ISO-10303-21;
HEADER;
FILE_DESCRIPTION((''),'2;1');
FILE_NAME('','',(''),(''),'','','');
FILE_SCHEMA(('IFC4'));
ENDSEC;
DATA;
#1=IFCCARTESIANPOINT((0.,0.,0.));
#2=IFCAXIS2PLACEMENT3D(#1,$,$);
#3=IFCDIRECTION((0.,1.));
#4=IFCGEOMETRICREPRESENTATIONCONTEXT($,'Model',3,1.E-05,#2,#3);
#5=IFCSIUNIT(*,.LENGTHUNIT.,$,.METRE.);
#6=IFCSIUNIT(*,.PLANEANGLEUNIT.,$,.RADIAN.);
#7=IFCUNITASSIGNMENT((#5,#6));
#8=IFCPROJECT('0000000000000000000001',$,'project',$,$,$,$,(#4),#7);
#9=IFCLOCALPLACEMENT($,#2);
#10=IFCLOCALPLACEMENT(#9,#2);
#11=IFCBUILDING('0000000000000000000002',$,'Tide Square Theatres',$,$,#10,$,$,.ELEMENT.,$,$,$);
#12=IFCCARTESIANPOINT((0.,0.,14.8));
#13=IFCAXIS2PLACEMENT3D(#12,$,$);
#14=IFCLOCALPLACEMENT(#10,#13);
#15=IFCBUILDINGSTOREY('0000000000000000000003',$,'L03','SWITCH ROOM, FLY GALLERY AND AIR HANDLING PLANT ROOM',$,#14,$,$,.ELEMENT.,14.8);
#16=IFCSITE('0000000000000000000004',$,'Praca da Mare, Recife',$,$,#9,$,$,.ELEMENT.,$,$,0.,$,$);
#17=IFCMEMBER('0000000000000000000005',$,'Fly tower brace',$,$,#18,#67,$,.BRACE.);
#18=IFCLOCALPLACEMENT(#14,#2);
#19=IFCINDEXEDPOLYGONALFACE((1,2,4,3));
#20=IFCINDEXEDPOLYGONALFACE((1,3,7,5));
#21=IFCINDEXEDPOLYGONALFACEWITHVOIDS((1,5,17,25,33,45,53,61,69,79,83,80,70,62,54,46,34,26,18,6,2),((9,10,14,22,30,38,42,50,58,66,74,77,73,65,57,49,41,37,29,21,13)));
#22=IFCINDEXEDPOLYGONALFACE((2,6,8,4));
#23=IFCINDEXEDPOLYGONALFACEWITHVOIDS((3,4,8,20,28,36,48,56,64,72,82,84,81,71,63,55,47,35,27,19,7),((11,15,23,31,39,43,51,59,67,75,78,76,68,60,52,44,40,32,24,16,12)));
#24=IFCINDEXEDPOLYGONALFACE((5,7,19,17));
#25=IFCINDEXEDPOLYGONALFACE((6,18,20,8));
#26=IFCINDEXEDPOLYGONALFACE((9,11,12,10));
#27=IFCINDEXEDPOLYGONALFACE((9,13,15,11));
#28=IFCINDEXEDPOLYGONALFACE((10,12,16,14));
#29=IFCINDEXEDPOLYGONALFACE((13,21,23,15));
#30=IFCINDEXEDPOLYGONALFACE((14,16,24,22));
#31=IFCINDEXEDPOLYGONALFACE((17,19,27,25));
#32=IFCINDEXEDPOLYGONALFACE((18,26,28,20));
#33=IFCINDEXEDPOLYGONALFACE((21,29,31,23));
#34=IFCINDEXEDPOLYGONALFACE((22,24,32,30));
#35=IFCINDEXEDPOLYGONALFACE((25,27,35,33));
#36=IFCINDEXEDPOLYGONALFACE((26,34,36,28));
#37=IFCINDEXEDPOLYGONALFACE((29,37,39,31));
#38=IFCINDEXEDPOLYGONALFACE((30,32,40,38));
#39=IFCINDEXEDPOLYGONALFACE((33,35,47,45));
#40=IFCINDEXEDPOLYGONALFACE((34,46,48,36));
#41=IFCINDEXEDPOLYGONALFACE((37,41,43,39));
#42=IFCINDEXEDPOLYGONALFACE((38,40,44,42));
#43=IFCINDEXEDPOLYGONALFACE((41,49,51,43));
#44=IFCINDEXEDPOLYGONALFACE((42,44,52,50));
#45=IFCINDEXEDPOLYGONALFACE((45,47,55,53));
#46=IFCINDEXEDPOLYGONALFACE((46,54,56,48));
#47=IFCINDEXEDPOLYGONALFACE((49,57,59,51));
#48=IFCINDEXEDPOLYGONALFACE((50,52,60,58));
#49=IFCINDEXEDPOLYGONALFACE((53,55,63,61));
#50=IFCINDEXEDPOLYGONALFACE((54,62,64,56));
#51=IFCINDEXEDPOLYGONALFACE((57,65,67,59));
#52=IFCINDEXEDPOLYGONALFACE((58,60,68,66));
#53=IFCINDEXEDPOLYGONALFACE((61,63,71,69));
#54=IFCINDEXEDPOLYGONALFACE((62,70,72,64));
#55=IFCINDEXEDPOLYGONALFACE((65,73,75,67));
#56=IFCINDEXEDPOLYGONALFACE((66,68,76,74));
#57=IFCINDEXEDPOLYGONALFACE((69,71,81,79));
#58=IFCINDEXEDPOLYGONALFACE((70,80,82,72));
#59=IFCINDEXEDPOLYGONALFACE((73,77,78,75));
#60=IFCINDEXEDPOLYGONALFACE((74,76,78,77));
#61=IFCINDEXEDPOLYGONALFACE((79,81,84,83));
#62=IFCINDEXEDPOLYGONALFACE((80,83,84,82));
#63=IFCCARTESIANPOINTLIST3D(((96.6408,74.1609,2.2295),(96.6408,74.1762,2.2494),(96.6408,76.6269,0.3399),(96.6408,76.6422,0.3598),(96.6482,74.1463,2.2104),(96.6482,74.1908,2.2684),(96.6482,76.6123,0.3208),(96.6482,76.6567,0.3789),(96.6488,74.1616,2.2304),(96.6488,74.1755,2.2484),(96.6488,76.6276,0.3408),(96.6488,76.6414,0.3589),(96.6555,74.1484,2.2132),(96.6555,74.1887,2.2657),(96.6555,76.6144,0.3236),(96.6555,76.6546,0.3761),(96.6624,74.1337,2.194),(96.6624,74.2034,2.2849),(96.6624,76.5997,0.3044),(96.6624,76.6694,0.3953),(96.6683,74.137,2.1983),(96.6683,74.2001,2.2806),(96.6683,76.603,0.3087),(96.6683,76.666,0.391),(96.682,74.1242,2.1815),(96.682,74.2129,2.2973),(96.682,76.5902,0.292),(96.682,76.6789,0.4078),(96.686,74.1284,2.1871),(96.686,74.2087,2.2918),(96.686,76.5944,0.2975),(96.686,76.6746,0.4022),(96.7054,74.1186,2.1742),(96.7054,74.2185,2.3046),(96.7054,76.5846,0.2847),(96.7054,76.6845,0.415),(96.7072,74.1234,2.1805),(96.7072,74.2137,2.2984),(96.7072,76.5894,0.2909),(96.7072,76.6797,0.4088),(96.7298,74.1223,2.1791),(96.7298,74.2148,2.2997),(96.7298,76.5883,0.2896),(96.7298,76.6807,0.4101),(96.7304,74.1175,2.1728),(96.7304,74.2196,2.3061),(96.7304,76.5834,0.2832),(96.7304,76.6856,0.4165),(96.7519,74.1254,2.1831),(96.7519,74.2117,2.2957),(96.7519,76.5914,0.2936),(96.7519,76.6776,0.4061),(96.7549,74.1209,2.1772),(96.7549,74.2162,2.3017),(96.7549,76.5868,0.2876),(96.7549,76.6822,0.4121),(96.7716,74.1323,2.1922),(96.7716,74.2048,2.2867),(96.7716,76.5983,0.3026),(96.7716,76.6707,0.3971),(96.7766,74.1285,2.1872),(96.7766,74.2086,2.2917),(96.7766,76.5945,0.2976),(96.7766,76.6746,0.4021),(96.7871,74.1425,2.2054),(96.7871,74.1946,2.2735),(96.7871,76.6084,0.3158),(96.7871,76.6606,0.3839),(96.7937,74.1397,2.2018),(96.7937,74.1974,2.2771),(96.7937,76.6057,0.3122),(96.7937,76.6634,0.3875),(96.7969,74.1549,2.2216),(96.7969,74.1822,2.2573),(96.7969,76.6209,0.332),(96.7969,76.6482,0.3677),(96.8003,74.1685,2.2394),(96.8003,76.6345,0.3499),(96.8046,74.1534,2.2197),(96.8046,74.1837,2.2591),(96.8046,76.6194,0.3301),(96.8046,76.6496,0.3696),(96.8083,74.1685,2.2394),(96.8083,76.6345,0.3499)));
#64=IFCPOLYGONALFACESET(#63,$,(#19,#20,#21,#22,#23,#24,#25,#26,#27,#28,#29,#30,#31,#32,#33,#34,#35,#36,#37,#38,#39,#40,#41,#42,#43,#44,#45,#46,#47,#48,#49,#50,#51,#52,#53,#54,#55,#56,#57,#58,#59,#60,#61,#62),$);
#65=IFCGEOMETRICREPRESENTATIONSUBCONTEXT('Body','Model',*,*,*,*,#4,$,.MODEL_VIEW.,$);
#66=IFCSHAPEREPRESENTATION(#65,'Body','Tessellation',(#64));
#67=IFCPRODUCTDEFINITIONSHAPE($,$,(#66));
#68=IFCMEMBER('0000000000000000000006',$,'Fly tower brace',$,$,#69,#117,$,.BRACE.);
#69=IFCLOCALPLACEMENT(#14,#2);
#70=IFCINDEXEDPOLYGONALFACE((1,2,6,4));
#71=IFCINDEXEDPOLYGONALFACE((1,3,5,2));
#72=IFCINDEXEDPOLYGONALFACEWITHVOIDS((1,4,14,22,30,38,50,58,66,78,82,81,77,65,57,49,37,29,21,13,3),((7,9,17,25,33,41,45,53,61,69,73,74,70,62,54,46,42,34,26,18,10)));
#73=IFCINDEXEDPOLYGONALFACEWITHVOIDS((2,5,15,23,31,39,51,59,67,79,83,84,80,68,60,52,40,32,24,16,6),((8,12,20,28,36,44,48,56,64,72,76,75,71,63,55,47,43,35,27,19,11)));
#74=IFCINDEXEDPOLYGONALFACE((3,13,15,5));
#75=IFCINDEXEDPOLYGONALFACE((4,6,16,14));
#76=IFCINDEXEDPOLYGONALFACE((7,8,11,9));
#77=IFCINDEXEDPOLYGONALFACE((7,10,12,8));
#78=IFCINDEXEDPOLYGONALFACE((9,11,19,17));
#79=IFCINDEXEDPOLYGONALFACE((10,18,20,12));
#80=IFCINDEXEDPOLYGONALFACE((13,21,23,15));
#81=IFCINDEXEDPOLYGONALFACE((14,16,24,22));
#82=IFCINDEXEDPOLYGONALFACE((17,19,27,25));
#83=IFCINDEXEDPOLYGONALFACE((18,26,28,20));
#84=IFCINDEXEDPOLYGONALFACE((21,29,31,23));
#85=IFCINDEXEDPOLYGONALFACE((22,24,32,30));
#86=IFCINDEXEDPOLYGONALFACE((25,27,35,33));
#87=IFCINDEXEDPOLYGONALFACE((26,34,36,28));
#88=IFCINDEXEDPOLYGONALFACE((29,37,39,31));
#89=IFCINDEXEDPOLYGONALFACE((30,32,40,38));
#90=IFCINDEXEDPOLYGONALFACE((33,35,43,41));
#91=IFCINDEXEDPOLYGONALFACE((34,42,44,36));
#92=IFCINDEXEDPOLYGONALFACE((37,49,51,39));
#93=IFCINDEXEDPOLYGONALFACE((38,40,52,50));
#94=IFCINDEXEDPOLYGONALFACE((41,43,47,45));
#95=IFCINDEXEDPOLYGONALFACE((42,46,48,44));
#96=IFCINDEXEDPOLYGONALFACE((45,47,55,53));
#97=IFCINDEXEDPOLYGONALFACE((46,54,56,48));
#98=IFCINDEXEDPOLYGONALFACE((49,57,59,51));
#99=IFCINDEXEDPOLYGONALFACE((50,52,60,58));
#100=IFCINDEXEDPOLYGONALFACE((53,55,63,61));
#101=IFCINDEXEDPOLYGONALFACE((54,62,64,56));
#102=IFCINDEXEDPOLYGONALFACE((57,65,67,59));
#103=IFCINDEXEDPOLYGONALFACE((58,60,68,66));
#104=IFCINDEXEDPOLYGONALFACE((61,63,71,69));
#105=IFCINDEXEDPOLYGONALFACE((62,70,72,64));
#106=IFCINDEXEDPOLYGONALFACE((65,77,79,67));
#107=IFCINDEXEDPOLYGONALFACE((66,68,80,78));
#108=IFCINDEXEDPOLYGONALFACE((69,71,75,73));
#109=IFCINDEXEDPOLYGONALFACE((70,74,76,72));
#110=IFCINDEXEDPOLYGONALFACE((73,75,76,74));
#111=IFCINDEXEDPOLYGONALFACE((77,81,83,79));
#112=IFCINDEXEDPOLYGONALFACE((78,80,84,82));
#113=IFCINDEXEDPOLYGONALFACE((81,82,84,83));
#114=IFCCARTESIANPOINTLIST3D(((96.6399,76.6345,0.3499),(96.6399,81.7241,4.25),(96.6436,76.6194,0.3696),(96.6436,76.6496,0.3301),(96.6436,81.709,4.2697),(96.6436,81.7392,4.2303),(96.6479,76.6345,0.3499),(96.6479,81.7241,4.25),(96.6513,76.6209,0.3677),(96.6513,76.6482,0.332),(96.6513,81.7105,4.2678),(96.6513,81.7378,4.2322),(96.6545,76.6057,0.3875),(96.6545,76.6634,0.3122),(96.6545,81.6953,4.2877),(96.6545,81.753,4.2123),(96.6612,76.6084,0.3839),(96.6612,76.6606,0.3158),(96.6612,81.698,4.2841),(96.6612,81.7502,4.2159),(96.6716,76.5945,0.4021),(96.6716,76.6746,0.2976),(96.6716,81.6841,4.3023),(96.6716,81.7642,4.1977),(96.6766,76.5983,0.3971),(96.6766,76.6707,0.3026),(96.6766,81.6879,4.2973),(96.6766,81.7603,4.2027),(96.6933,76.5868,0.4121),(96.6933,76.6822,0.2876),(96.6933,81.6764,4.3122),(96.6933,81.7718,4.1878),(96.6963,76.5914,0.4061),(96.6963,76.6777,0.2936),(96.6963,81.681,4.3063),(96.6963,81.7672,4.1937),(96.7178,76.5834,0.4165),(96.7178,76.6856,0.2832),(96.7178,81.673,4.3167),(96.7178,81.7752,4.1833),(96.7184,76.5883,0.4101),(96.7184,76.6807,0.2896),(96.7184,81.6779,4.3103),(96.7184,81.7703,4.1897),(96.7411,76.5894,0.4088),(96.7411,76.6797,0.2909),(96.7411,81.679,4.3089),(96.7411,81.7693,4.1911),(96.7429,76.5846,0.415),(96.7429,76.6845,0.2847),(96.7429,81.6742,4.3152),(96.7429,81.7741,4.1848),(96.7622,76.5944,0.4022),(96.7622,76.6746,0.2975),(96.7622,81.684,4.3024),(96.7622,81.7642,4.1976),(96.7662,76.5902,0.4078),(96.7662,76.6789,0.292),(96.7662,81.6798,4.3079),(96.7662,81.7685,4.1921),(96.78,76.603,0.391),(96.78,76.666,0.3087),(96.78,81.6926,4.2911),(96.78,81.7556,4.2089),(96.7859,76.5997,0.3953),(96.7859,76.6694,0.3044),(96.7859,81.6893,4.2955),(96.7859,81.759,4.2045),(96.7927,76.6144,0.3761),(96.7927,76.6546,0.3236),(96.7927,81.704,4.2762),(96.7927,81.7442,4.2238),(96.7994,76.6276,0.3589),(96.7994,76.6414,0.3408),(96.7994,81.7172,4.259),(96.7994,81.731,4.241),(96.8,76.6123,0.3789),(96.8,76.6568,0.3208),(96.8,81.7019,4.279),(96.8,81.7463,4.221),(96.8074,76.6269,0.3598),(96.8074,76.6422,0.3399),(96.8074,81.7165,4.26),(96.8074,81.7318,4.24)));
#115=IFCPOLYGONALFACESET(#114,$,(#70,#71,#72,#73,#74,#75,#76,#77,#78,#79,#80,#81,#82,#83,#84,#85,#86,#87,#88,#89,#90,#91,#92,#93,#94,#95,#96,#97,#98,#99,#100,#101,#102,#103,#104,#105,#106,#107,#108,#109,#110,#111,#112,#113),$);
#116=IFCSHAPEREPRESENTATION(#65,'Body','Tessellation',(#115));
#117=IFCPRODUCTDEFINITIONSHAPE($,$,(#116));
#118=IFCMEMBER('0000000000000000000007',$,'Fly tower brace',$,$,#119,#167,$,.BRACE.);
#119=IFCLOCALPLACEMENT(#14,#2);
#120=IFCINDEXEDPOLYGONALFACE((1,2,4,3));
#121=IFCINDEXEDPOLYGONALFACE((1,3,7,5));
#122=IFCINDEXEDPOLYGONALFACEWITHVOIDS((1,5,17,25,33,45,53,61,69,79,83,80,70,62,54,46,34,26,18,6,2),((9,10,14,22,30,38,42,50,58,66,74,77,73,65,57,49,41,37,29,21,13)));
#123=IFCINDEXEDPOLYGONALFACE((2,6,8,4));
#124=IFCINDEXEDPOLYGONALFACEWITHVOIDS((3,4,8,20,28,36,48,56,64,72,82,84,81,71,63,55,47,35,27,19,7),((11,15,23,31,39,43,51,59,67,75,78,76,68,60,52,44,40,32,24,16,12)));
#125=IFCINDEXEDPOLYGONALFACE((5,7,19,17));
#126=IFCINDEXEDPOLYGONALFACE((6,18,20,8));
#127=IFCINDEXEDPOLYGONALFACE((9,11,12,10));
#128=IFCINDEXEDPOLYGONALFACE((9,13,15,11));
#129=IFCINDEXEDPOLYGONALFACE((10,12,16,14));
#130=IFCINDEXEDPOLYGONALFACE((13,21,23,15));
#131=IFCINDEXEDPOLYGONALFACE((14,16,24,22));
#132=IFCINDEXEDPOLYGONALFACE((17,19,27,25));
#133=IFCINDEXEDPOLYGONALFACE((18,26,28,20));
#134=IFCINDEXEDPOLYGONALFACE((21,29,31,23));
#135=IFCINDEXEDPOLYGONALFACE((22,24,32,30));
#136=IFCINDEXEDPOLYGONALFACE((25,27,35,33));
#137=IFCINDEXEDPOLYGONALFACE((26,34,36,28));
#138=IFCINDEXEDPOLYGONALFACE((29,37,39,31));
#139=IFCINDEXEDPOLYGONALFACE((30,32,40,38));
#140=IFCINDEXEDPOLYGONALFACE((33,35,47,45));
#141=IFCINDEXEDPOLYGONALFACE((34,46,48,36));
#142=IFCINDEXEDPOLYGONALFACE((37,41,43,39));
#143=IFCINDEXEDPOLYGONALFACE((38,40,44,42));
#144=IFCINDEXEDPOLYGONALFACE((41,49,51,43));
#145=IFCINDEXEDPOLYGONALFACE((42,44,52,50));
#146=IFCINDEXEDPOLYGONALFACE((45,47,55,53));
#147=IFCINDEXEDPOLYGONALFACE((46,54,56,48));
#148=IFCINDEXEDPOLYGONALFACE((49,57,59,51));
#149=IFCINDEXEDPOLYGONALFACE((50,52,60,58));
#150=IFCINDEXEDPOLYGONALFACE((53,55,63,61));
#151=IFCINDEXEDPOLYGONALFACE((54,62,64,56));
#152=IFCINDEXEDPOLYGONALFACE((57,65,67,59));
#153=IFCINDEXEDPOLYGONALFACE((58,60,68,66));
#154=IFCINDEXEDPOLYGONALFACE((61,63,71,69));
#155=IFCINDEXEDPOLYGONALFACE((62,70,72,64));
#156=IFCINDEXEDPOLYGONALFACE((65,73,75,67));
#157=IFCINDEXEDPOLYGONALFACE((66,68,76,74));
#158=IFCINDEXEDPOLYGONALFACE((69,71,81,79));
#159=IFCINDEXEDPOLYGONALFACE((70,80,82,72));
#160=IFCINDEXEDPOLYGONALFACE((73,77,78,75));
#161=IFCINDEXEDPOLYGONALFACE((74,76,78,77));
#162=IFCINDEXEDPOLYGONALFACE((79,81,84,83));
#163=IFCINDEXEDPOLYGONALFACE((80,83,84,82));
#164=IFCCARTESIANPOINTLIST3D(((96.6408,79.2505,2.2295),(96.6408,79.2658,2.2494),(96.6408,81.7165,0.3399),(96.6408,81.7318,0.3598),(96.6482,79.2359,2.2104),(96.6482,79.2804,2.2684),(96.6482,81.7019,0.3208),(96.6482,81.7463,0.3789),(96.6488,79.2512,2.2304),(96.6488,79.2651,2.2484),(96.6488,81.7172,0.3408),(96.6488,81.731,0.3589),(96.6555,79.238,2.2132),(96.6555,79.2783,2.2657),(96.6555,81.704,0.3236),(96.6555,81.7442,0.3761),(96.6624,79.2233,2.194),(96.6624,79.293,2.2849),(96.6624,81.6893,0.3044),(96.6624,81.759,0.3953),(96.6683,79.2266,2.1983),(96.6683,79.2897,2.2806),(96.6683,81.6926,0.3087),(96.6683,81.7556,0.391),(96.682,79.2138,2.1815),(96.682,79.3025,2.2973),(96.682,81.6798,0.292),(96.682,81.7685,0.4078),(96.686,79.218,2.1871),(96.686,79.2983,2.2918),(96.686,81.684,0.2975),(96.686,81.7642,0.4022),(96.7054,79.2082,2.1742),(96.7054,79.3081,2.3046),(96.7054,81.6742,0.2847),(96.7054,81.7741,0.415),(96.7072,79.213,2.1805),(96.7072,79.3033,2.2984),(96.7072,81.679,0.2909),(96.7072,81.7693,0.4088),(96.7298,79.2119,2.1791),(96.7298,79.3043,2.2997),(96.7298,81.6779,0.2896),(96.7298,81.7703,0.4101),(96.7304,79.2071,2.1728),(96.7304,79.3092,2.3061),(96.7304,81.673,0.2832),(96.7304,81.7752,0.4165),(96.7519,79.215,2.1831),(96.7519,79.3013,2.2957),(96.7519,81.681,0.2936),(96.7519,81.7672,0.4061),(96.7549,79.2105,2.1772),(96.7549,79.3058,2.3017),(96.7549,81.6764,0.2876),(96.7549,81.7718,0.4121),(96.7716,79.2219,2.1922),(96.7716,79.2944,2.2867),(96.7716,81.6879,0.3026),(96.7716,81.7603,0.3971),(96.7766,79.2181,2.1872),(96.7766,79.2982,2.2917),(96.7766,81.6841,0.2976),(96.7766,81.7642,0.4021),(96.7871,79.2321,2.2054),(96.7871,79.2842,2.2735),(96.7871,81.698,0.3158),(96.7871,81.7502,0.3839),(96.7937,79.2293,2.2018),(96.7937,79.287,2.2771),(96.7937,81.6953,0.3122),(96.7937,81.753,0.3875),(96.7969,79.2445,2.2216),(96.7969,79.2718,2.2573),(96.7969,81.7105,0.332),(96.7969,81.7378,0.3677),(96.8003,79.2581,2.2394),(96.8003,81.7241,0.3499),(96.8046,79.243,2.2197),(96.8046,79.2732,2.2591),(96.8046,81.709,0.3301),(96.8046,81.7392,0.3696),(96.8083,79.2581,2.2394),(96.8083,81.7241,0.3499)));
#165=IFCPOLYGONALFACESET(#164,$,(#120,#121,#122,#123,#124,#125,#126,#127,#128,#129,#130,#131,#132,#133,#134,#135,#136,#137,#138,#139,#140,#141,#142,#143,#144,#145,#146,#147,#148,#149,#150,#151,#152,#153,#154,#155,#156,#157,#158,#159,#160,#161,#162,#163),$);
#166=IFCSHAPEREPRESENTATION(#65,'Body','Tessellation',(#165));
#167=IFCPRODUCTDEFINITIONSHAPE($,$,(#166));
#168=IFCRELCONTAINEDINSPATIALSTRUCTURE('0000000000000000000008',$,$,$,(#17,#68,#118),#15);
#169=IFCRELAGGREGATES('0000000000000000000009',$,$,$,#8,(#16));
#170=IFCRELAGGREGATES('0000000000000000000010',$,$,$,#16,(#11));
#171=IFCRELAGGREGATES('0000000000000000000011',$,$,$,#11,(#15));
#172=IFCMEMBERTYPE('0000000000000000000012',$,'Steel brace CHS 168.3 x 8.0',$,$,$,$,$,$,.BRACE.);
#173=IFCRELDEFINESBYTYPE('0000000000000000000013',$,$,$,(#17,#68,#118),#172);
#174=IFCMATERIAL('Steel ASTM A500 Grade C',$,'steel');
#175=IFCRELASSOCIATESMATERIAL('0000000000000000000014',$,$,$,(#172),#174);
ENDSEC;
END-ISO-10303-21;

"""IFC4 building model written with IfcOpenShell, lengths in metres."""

from ifc_helpers import new_model, si_unit, direction, frame, origin, origin_2d, place, context, subcontext, project, spatial, hollow_circle, extrude, material, material_profile, profile_set, type_object, element, save


model = new_model("IFC4")

# Units and contexts
model_context = context("Model", 3, precision=1e-05, world=origin(), true_north=direction((0.0, 1.0)))
body_context = subcontext(model_context, "Body", "Model", "MODEL_VIEW")
ifc_project = project(units=[si_unit("LENGTHUNIT", "METRE"), si_unit("PLANEANGLEUNIT", "RADIAN")], contexts=[model_context])

# Site, building, storey
site_placement = place(None, origin())
site = spatial("IfcSite", under=ifc_project, at=site_placement, Name="Praca da Mare, Recife", CompositionType="ELEMENT", RefElevation=0.0)
building_placement = place(site_placement, origin())
building = spatial("IfcBuilding", under=site, at=building_placement, Name="Tide Square Theatres", CompositionType="ELEMENT")
storey_placement = place(building_placement, frame((0.0, 0.0, 14.8)))
storey = spatial("IfcBuildingStorey", under=building, at=storey_placement, Name="L03", Description="SWITCH ROOM, FLY GALLERY AND AIR HANDLING PLANT ROOM", CompositionType="ELEMENT", Elevation=14.8)

# Members
ifc_material_1 = material(Name="Steel ASTM A500 Grade C", Category="steel")
ifc_material_profile_1 = material_profile(ifc_material_1, hollow_circle(Radius=0.0842, WallThickness=0.0081, at=origin_2d()))
ifc_profile_set_1 = profile_set([ifc_material_profile_1], Name="Steel ASTM A500 Grade C")
member_type = type_object("IfcMemberType", Name="Steel brace CHS 168.3 x 8.0", PredefinedType="BRACE", material=ifc_profile_set_1)
for number, where, z_axis, x_axis, name in (
    (1, (96.7241, 76.6345, 0.3499), (0.0, -0.793762, 0.608229), (1.0, 0.0, 0.0), "Fly tower brace"),
):
    element("IfcMember", number, at=place(storey_placement, frame(where, z_axis=z_axis, x_axis=x_axis)), inside=storey, type_object=member_type, Name=name, PredefinedType="BRACE", context=body_context, shape_type="SweptSolid", body=[
        extrude(hollow_circle(Radius=0.0842, WallThickness=0.0081, at=origin_2d()), origin(), (0.0, 0.0, 1.0), 3.1067),
    ])
member_1_placement = place(storey_placement, frame((96.7241, 76.6345, 0.3499), z_axis=(0.0, 0.793748, 0.608247), x_axis=(-1.0, 0.0, 0.0)))
element("IfcMember", 2, at=member_1_placement, inside=storey, type_object=member_type, Name="Fly tower brace", PredefinedType="BRACE", context=body_context, shape_type="SweptSolid", body=[
    extrude(hollow_circle(Radius=0.0842, WallThickness=0.0081, at=origin_2d()), origin(), (0.0, 0.0, 1.0), 6.4121),
])
for number, where, z_axis, x_axis, name in (
    (3, (96.7241, 81.7241, 0.3499), (0.0, -0.793762, 0.608229), (1.0, 0.0, 0.0), "Fly tower brace"),
):
    element("IfcMember", number, at=place(storey_placement, frame(where, z_axis=z_axis, x_axis=x_axis)), inside=storey, type_object=member_type, Name=name, PredefinedType="BRACE", context=body_context, shape_type="SweptSolid", body=[
        extrude(hollow_circle(Radius=0.0842, WallThickness=0.0081, at=origin_2d()), origin(), (0.0, 0.0, 1.0), 3.1067),
    ])

save(model, "model.ifc")
